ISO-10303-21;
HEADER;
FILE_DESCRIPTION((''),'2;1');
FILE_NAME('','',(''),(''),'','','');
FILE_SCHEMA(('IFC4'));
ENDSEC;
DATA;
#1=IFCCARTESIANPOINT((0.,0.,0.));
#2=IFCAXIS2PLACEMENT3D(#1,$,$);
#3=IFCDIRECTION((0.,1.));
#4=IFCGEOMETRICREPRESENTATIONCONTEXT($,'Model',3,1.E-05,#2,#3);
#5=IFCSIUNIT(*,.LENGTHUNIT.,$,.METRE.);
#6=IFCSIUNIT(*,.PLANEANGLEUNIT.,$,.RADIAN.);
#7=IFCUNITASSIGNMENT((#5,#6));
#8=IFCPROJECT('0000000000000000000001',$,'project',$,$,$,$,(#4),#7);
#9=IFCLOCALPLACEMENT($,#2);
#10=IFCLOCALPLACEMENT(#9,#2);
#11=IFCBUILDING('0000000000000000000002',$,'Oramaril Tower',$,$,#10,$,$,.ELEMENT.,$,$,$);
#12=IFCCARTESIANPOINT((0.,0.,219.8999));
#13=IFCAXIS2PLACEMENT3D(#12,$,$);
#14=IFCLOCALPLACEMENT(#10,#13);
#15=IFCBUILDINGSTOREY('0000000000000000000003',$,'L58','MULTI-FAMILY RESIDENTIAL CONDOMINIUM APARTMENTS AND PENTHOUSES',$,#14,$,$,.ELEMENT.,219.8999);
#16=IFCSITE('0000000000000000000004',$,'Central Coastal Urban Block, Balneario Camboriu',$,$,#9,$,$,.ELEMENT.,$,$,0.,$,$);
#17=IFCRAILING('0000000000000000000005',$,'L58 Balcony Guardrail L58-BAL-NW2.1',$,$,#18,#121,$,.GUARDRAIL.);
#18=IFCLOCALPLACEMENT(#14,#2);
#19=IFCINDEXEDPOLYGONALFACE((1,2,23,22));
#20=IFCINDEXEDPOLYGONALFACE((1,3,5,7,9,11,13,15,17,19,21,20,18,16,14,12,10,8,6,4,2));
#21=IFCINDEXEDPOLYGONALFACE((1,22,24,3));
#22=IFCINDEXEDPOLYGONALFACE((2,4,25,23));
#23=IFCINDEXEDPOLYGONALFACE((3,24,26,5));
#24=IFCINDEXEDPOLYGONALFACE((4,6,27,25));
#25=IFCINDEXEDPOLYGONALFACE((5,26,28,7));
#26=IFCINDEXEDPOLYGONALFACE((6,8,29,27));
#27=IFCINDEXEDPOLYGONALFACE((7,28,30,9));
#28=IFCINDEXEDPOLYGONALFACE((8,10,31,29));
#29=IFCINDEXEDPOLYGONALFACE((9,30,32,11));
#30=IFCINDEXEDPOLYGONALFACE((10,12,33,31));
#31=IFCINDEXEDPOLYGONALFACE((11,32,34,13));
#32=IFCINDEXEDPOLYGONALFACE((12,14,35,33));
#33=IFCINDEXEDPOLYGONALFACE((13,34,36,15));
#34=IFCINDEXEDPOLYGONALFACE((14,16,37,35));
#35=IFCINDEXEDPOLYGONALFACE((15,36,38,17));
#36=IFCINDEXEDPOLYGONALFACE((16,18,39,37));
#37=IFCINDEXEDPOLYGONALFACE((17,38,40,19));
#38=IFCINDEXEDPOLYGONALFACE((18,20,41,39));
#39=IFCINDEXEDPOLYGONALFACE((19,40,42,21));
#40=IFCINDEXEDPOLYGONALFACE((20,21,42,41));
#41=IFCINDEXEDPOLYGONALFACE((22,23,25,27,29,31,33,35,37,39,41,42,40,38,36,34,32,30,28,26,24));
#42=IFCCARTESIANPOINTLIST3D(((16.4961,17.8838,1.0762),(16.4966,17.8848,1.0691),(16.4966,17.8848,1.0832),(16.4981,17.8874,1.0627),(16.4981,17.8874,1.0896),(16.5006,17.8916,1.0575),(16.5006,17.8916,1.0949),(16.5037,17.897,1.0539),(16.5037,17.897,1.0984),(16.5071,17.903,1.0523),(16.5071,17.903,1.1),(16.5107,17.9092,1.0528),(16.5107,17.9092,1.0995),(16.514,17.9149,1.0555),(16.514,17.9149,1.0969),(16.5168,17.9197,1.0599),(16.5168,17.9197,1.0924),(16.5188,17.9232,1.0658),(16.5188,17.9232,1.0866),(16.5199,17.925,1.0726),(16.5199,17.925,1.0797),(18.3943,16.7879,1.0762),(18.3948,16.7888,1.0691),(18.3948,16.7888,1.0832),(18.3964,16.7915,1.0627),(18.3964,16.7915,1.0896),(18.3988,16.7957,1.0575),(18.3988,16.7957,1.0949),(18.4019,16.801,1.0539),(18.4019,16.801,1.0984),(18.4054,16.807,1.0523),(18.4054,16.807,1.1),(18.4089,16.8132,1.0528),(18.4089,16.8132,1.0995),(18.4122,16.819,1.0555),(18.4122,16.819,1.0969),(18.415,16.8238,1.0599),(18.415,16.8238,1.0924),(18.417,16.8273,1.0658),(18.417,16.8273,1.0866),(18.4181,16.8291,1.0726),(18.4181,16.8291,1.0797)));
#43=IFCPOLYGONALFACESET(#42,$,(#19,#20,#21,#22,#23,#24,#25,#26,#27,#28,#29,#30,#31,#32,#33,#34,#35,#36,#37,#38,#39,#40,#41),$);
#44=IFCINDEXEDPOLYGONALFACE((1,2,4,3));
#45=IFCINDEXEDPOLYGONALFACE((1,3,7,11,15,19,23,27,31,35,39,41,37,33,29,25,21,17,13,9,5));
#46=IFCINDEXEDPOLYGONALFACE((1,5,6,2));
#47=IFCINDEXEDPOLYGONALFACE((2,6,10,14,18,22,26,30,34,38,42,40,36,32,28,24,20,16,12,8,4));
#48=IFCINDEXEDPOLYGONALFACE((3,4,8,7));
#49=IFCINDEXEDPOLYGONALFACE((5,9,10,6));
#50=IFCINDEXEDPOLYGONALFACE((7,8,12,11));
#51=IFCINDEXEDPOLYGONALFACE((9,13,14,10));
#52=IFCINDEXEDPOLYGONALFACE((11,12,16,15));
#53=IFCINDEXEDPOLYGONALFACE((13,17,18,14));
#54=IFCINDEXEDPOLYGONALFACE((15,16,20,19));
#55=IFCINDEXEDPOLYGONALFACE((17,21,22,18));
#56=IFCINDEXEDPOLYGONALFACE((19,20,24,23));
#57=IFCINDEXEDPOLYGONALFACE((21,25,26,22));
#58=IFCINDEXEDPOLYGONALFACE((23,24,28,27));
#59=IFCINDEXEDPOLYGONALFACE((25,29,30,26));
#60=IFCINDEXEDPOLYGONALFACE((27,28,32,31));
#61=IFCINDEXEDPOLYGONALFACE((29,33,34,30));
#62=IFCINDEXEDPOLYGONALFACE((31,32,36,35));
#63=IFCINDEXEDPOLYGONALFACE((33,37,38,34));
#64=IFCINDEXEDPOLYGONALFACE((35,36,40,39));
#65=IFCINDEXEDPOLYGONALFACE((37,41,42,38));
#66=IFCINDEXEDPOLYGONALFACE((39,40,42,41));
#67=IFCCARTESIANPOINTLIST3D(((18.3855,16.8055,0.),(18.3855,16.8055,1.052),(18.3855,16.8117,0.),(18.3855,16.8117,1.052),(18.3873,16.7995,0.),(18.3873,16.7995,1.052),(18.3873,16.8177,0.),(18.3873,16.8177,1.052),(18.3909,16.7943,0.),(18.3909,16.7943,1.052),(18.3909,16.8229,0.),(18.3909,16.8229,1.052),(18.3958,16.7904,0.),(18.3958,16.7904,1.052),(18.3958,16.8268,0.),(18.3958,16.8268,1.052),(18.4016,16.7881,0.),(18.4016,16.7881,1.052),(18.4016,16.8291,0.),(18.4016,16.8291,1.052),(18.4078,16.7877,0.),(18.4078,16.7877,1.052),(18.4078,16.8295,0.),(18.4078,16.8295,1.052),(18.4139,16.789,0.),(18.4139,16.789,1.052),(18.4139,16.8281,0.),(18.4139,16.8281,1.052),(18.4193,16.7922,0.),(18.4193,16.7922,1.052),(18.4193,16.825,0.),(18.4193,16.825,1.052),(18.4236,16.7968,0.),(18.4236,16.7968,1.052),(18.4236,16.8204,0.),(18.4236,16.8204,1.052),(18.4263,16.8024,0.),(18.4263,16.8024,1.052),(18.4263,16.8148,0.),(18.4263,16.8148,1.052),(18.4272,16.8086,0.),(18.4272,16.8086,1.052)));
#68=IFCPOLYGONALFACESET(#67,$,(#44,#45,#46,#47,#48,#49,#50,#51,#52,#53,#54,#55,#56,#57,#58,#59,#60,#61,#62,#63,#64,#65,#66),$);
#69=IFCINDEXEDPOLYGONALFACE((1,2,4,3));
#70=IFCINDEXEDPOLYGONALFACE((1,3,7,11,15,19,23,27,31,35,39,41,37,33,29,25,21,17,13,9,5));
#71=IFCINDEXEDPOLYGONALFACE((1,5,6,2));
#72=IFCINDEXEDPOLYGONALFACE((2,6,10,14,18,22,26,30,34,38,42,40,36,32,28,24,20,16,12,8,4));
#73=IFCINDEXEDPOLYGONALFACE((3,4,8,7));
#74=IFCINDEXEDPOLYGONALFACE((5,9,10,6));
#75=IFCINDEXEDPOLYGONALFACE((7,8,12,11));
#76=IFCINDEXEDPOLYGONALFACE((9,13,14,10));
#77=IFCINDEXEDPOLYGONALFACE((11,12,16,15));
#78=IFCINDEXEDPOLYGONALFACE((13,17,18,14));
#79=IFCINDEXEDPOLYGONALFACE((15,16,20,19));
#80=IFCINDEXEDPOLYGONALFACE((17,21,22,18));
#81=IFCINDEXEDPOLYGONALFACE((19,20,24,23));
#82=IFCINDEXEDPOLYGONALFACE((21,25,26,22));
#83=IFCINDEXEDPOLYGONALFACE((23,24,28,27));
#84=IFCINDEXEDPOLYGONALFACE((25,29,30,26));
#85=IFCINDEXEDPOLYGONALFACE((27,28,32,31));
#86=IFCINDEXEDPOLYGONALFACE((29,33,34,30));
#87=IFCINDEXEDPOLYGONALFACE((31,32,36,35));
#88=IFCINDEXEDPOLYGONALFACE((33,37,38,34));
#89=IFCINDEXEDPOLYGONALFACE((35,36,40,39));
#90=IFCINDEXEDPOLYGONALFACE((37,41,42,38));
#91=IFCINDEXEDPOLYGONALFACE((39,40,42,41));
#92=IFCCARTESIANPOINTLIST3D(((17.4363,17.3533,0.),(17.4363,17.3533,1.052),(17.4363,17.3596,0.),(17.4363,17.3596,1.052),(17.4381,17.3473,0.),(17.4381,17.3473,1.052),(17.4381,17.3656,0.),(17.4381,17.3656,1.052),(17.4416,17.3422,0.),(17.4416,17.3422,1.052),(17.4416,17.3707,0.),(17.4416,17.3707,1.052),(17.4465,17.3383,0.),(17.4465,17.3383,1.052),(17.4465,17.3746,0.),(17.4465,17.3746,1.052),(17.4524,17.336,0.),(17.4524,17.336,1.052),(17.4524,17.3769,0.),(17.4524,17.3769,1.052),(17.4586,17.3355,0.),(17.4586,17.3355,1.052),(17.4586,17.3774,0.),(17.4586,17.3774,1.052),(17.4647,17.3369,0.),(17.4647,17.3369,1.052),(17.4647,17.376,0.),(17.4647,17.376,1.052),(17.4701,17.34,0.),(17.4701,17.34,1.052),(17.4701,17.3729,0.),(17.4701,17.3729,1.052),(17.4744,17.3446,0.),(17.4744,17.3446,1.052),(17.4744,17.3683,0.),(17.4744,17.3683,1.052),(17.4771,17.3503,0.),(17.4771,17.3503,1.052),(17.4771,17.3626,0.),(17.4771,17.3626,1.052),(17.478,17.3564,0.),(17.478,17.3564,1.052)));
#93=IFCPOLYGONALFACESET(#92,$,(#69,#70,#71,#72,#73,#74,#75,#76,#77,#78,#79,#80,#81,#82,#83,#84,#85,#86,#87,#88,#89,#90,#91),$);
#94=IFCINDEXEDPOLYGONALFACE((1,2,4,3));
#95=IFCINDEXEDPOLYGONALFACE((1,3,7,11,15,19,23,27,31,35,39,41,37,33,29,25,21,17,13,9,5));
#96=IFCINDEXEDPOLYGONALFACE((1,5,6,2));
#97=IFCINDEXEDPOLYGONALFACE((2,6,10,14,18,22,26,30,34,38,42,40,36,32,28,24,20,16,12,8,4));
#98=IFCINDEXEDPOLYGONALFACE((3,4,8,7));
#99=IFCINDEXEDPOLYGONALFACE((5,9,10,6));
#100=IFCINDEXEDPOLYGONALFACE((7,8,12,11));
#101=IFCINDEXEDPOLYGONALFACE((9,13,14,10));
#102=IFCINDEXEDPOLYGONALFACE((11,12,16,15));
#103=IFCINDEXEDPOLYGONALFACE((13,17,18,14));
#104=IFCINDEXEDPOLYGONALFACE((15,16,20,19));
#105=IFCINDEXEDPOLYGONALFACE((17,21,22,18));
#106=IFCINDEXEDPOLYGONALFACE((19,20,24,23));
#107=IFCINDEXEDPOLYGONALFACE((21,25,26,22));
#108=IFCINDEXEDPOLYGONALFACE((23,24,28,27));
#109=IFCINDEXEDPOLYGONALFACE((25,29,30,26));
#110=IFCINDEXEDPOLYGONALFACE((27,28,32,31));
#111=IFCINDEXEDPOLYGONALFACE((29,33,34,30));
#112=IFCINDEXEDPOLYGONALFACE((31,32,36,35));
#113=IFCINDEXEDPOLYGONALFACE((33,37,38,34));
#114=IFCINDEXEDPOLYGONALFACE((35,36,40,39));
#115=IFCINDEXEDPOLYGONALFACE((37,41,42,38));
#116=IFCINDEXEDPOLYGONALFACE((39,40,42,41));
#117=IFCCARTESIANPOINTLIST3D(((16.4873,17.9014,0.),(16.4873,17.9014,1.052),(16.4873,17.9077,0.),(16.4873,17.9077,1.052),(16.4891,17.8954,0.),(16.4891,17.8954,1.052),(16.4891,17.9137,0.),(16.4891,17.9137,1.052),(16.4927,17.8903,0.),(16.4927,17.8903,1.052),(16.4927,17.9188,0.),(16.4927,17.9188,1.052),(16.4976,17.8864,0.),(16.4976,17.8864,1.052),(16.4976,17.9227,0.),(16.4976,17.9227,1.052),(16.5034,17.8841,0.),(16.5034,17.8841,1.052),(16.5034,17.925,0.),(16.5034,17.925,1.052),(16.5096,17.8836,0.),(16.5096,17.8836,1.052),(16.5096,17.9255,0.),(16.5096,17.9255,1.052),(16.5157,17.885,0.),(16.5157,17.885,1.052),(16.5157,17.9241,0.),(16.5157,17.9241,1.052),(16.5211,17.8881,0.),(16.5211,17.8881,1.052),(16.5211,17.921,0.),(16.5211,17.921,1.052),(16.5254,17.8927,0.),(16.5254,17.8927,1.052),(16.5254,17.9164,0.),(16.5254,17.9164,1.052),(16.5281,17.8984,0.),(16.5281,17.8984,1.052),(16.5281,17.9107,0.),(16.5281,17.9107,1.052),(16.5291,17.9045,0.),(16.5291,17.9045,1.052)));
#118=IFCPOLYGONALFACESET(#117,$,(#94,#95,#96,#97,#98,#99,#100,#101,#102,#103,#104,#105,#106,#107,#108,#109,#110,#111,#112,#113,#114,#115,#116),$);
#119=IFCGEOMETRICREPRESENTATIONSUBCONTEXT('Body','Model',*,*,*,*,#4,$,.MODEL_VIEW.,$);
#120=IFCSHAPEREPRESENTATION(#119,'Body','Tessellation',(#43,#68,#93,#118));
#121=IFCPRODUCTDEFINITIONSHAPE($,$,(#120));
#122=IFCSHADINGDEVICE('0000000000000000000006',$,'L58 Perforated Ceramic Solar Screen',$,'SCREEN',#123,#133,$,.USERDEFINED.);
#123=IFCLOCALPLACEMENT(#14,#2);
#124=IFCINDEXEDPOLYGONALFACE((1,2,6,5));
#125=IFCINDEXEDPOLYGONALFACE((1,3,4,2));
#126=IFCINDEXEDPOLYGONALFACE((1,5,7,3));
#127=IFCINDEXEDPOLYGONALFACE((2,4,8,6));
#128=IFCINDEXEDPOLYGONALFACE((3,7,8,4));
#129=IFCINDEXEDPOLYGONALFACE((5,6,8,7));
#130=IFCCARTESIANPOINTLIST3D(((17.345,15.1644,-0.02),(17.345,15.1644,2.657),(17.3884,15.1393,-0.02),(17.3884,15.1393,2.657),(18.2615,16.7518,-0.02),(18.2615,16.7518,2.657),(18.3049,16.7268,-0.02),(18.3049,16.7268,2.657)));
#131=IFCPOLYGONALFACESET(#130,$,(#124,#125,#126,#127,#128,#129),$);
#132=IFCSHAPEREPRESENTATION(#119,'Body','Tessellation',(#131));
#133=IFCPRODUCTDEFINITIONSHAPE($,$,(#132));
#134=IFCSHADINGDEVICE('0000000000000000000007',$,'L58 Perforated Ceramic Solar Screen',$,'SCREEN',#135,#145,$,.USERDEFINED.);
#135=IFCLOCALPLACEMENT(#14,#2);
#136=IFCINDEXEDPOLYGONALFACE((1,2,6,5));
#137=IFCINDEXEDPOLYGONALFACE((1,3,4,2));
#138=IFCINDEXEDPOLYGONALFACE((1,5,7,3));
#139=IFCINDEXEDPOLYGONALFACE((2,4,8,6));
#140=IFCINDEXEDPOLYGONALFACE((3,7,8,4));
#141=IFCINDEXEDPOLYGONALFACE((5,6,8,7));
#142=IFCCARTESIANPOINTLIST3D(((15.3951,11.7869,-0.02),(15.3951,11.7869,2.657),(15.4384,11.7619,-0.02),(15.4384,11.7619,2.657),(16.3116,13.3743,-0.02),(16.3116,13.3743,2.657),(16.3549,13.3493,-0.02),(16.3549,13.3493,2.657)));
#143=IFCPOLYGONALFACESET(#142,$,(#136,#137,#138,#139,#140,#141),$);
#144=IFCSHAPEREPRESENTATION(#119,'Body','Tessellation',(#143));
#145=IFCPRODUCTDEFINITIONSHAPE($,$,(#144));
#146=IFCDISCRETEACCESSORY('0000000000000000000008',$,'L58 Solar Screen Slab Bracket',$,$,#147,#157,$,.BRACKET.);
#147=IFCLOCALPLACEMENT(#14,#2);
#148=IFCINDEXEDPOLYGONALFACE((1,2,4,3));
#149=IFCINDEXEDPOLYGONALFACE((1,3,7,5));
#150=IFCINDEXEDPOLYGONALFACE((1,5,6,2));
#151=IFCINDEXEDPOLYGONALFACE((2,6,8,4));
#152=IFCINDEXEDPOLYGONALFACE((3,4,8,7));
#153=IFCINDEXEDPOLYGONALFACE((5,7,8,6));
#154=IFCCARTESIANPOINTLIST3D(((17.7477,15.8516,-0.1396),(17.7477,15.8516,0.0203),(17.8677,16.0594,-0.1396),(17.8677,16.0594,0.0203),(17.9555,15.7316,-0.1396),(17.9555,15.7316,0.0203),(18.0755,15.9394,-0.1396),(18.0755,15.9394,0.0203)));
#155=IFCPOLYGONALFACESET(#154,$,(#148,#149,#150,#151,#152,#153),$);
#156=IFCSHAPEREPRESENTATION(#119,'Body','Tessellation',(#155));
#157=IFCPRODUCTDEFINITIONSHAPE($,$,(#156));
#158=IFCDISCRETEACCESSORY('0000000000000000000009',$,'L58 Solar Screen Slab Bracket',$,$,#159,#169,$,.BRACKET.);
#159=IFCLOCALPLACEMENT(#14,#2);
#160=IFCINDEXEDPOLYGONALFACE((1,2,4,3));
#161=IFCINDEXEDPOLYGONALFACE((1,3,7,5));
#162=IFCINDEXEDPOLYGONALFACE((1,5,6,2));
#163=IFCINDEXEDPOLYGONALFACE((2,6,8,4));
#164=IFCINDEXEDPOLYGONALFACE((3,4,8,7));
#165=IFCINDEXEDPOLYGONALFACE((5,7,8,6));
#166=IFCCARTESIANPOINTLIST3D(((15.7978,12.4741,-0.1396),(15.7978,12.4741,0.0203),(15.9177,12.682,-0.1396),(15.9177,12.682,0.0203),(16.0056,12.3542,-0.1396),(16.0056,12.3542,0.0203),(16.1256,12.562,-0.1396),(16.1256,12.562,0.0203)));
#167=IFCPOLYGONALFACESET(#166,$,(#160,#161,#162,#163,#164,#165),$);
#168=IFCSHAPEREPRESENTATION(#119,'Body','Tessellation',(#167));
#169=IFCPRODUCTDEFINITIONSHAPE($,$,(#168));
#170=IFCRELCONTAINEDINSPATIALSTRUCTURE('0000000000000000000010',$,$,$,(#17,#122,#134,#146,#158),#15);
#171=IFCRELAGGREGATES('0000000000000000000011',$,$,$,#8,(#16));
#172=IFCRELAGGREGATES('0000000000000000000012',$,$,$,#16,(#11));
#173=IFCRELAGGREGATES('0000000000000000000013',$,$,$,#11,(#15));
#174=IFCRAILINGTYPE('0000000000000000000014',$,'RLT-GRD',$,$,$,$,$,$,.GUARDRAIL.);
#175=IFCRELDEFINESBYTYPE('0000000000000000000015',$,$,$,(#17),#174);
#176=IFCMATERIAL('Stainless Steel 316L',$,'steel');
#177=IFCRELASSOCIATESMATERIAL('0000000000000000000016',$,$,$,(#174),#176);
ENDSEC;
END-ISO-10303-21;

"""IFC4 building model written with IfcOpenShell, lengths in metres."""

from ifc_helpers import new_model, si_unit, direction, frame, origin, origin_2d, place, context, subcontext, project, spatial, rectangle, circle, extrude, material, type_object, element, save


model = new_model("IFC4")

# Units and contexts
model_context = context("Model", 3, precision=1e-05, world=origin(), true_north=direction((0.0, 1.0)))
body_context = subcontext(model_context, "Body", "Model", "MODEL_VIEW")
ifc_project = project(units=[si_unit("LENGTHUNIT", "METRE"), si_unit("PLANEANGLEUNIT", "RADIAN")], contexts=[model_context])

# Site, building, storey
site_placement = place(None, origin())
site = spatial("IfcSite", under=ifc_project, at=site_placement, Name="Central Coastal Urban Block, Balneario Camboriu", CompositionType="ELEMENT", RefElevation=0.0)
building_placement = place(site_placement, origin())
building = spatial("IfcBuilding", under=site, at=building_placement, Name="Oramaril Tower", CompositionType="ELEMENT")
storey_placement = place(building_placement, frame((0.0, 0.0, 219.8999)))
storey = spatial("IfcBuildingStorey", under=building, at=storey_placement, Name="L58", Description="MULTI-FAMILY RESIDENTIAL CONDOMINIUM APARTMENTS AND PENTHOUSES", CompositionType="ELEMENT", Elevation=219.8999)

# Railing
ifc_material_1 = material(Name="Stainless Steel 316L", Category="steel")
railing_type = type_object("IfcRailingType", Name="RLT-GRD", PredefinedType="GUARDRAIL", material=ifc_material_1)
railing_1_placement = place(storey_placement, frame((18.4062, 16.8086, 0.0)))
element("IfcRailing", 1, at=railing_1_placement, inside=storey, type_object=railing_type, Name="L58 Balcony Guardrail L58-BAL-NW2.1", PredefinedType="GUARDRAIL", context=body_context, shape_type="SweptSolid", body=[
    extrude(circle(Radius=0.0239, at=origin_2d()), frame((0.0, 0.0, 1.0762), z_axis=(-0.866021, 0.500008, 0.0), x_axis=(-0.500008, -0.866021, 0.0)), (0.0, 0.0, 1.0), 2.1919),
    extrude(circle(Radius=0.021, at=origin_2d()), origin(), (0.0, 0.0, 1.0), 1.052),
    extrude(circle(Radius=0.021, at=origin_2d()), frame((-0.9492, 0.5479, 0.0)), (0.0, 0.0, 1.0), 1.052),
    extrude(circle(Radius=0.021, at=origin_2d()), frame((-1.8982, 1.0959, 0.0)), (0.0, 0.0, 1.0), 1.052),
])

# Shading devices
for number, where, z_axis, x_axis, name in (
    (2, (17.825, 15.9456, -0.02), (0.0, 0.0, 1.0), (-0.499998, -0.866026, 0.0), "L58 Perforated Ceramic Solar Screen"),
    (3, (15.875, 12.5681, -0.02), (0.0, 0.0, 1.0), (-0.499998, -0.866026, 0.0), "L58 Perforated Ceramic Solar Screen"),
):
    element("IfcShadingDevice", number, at=place(storey_placement, frame(where, z_axis=z_axis, x_axis=x_axis)), inside=storey, Name=name, ObjectType="SCREEN", PredefinedType="USERDEFINED", context=body_context, shape_type="SweptSolid", body=[
        extrude(rectangle(XDim=1.833, YDim=0.05, at=origin_2d()), origin(), (0.0, 0.0, 1.0), 2.677),
    ])

# Discrete accessories
for number, where, z_axis, x_axis, name in (
    (4, (17.9116, 15.8955, -0.1396), (0.0, 0.0, 1.0), (-0.499998, -0.866026, 0.0), "L58 Solar Screen Slab Bracket"),
    (5, (15.9617, 12.5181, -0.1396), (0.0, 0.0, 1.0), (-0.499998, -0.866026, 0.0), "L58 Solar Screen Slab Bracket"),
):
    element("IfcDiscreteAccessory", number, at=place(storey_placement, frame(where, z_axis=z_axis, x_axis=x_axis)), inside=storey, Name=name, PredefinedType="BRACKET", context=body_context, shape_type="SweptSolid", body=[
        extrude(rectangle(XDim=0.24, YDim=0.24, at=origin_2d()), origin(), (0.0, 0.0, 1.0), 0.1599),
    ])

save(model, "model.ifc")
